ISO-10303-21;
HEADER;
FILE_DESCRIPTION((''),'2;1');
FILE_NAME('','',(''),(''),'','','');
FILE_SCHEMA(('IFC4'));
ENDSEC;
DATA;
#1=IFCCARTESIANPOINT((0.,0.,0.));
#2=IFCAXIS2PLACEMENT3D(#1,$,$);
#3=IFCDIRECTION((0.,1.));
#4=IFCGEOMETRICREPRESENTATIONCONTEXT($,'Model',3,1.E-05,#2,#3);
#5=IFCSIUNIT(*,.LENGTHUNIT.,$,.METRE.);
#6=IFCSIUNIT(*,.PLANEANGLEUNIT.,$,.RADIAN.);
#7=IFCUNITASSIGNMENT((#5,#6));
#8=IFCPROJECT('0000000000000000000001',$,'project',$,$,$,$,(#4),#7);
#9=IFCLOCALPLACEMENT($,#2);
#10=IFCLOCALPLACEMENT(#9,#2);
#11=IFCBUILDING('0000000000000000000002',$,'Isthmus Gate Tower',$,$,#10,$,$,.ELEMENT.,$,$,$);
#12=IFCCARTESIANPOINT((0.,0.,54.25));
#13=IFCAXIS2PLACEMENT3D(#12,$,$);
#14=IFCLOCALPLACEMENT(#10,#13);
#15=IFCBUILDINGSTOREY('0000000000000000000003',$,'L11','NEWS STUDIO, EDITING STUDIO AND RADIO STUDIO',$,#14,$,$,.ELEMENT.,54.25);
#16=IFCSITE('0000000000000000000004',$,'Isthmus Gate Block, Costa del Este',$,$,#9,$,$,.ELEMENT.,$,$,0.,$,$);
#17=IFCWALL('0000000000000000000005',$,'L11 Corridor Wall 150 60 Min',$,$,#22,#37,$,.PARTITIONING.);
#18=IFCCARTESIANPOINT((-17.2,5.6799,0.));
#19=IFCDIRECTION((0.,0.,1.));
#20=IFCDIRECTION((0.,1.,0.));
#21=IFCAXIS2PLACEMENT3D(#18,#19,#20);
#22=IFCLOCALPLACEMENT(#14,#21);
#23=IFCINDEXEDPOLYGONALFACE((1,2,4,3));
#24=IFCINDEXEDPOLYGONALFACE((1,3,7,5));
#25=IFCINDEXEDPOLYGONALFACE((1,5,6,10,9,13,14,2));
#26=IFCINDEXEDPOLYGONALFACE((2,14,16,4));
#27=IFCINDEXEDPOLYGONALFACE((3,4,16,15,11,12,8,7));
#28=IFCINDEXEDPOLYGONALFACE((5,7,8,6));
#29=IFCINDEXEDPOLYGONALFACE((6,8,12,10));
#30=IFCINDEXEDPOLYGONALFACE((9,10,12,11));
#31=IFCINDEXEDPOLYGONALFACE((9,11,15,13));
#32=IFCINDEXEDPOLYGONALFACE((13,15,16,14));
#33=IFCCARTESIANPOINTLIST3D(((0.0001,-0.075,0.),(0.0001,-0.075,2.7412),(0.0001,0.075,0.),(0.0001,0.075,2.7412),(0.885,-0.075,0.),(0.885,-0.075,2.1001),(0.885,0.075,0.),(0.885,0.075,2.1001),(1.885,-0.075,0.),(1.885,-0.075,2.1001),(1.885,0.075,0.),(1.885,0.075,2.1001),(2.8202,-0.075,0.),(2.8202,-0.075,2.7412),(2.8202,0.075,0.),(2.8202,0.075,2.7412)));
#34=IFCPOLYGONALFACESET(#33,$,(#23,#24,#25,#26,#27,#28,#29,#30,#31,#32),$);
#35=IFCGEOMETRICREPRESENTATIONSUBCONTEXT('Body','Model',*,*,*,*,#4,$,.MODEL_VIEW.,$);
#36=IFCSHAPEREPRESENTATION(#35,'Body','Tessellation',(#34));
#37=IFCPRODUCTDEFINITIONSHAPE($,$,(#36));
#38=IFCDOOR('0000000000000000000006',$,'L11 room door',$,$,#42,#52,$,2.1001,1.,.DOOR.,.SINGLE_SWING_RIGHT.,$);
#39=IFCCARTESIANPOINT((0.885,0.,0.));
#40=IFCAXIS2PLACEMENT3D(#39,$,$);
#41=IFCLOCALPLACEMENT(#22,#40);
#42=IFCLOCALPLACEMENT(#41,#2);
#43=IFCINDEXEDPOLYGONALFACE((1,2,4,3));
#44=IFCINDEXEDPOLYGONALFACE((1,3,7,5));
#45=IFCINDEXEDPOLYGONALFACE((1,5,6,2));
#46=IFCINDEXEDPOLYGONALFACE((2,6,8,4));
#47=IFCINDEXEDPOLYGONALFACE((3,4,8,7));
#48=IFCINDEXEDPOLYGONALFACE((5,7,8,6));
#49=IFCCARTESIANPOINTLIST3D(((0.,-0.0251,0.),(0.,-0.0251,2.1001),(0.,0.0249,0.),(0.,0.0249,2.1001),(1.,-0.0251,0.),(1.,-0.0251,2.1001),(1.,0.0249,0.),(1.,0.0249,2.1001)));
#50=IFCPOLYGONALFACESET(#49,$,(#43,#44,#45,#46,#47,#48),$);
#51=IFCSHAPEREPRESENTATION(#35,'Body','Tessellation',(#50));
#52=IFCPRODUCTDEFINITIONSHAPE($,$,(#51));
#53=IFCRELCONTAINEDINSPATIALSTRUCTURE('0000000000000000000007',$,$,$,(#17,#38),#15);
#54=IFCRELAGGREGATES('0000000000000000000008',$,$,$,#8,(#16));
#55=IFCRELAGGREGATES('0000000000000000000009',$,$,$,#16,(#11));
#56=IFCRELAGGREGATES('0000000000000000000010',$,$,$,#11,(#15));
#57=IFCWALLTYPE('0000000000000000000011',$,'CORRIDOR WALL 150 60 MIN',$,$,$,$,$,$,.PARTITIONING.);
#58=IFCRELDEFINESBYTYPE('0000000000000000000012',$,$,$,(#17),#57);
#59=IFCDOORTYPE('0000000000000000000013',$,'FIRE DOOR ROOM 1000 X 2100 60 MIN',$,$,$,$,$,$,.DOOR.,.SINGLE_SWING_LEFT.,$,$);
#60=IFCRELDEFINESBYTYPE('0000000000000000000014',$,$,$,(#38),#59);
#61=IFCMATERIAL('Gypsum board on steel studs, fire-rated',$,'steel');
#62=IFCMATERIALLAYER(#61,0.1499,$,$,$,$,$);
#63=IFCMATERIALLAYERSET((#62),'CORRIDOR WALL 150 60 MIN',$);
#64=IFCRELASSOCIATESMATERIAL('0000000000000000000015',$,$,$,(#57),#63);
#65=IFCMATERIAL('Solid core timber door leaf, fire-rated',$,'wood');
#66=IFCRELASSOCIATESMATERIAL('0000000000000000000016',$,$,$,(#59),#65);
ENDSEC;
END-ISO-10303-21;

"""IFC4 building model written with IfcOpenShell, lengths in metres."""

from ifc_helpers import new_model, si_unit, direction, frame, frame_2d, origin, place, context, subcontext, project, spatial, rectangle, extrude, material, layer, layer_set, type_object, element, fill, save


model = new_model("IFC4")

# Units and contexts
model_context = context("Model", 3, precision=1e-05, world=origin(), true_north=direction((0.0, 1.0)))
body_context = subcontext(model_context, "Body", "Model", "MODEL_VIEW")
ifc_project = project(units=[si_unit("LENGTHUNIT", "METRE"), si_unit("PLANEANGLEUNIT", "RADIAN")], contexts=[model_context])

# Site, building, storey
site_placement = place(None, origin())
site = spatial("IfcSite", under=ifc_project, at=site_placement, Name="Isthmus Gate Block, Costa del Este", CompositionType="ELEMENT", RefElevation=0.0)
building_placement = place(site_placement, origin())
building = spatial("IfcBuilding", under=site, at=building_placement, Name="Isthmus Gate Tower", CompositionType="ELEMENT")
storey_placement = place(building_placement, frame((0.0, 0.0, 54.25)))
storey = spatial("IfcBuildingStorey", under=building, at=storey_placement, Name="L11", Description="NEWS STUDIO, EDITING STUDIO AND RADIO STUDIO", CompositionType="ELEMENT", Elevation=54.25)

# Wall, opening, door
ifc_material_1 = material(Name="Gypsum board on steel studs, fire-rated", Category="steel")
ifc_layer_1 = layer(ifc_material_1, 0.1499)
ifc_layer_set_1 = layer_set([ifc_layer_1], Name="CORRIDOR WALL 150 60 MIN")
wall_type_1 = type_object("IfcWallType", Name="CORRIDOR WALL 150 60 MIN", PredefinedType="PARTITIONING", material=ifc_layer_set_1)
wall_1_placement = place(storey_placement, frame((-17.2, 5.6799, 0.0), z_axis=(0.0, 0.0, 1.0), x_axis=(0.0, 1.0, 0.0)))
wall_1 = element("IfcWall", 1, at=wall_1_placement, inside=storey, type_object=wall_type_1, Name="L11 Corridor Wall 150 60 Min", PredefinedType="PARTITIONING", context=body_context, shape_type="SweptSolid", body=[
    extrude(rectangle(XDim=2.8201, YDim=0.1499, at=frame_2d((1.4102, 0.0))), origin(), (0.0, 0.0, 1.0), 2.7412),
])
opening_placement = place(wall_1_placement, frame((0.885, 0.0, 0.0)))
opening = element("IfcOpeningElement", 2, at=opening_placement, cuts=wall_1, PredefinedType="OPENING", context=body_context, shape_type="SweptSolid", body=[
    extrude(rectangle(XDim=1.0, YDim=2.1001, at=frame_2d((0.5, 1.05))), frame((0.0, 0.085, 0.0), z_axis=(0.0, -1.0, 0.0), x_axis=(1.0, 0.0, 0.0)), (0.0, 0.0, 1.0), 0.1699),
])
ifc_material_2 = material(Name="Solid core timber door leaf, fire-rated", Category="wood")
door_type = type_object("IfcDoorType", Name="FIRE DOOR ROOM 1000 X 2100 60 MIN", OperationType="SINGLE_SWING_LEFT", PredefinedType="DOOR", material=ifc_material_2)
door_placement = place(opening_placement, origin())
door = element("IfcDoor", 3, at=door_placement, inside=storey, type_object=door_type, Name="L11 room door", OperationType="SINGLE_SWING_RIGHT", OverallHeight=2.1001, OverallWidth=1.0, PredefinedType="DOOR", context=body_context, shape_type="SweptSolid", body=[
    extrude(rectangle(XDim=1.0, YDim=2.1001, at=frame_2d((0.5, 1.05))), frame((0.0, 0.0249, 0.0), z_axis=(0.0, -1.0, 0.0), x_axis=(1.0, 0.0, 0.0)), (0.0, 0.0, 1.0), 0.05),
])
fill(opening, door)

save(model, "model.ifc")
